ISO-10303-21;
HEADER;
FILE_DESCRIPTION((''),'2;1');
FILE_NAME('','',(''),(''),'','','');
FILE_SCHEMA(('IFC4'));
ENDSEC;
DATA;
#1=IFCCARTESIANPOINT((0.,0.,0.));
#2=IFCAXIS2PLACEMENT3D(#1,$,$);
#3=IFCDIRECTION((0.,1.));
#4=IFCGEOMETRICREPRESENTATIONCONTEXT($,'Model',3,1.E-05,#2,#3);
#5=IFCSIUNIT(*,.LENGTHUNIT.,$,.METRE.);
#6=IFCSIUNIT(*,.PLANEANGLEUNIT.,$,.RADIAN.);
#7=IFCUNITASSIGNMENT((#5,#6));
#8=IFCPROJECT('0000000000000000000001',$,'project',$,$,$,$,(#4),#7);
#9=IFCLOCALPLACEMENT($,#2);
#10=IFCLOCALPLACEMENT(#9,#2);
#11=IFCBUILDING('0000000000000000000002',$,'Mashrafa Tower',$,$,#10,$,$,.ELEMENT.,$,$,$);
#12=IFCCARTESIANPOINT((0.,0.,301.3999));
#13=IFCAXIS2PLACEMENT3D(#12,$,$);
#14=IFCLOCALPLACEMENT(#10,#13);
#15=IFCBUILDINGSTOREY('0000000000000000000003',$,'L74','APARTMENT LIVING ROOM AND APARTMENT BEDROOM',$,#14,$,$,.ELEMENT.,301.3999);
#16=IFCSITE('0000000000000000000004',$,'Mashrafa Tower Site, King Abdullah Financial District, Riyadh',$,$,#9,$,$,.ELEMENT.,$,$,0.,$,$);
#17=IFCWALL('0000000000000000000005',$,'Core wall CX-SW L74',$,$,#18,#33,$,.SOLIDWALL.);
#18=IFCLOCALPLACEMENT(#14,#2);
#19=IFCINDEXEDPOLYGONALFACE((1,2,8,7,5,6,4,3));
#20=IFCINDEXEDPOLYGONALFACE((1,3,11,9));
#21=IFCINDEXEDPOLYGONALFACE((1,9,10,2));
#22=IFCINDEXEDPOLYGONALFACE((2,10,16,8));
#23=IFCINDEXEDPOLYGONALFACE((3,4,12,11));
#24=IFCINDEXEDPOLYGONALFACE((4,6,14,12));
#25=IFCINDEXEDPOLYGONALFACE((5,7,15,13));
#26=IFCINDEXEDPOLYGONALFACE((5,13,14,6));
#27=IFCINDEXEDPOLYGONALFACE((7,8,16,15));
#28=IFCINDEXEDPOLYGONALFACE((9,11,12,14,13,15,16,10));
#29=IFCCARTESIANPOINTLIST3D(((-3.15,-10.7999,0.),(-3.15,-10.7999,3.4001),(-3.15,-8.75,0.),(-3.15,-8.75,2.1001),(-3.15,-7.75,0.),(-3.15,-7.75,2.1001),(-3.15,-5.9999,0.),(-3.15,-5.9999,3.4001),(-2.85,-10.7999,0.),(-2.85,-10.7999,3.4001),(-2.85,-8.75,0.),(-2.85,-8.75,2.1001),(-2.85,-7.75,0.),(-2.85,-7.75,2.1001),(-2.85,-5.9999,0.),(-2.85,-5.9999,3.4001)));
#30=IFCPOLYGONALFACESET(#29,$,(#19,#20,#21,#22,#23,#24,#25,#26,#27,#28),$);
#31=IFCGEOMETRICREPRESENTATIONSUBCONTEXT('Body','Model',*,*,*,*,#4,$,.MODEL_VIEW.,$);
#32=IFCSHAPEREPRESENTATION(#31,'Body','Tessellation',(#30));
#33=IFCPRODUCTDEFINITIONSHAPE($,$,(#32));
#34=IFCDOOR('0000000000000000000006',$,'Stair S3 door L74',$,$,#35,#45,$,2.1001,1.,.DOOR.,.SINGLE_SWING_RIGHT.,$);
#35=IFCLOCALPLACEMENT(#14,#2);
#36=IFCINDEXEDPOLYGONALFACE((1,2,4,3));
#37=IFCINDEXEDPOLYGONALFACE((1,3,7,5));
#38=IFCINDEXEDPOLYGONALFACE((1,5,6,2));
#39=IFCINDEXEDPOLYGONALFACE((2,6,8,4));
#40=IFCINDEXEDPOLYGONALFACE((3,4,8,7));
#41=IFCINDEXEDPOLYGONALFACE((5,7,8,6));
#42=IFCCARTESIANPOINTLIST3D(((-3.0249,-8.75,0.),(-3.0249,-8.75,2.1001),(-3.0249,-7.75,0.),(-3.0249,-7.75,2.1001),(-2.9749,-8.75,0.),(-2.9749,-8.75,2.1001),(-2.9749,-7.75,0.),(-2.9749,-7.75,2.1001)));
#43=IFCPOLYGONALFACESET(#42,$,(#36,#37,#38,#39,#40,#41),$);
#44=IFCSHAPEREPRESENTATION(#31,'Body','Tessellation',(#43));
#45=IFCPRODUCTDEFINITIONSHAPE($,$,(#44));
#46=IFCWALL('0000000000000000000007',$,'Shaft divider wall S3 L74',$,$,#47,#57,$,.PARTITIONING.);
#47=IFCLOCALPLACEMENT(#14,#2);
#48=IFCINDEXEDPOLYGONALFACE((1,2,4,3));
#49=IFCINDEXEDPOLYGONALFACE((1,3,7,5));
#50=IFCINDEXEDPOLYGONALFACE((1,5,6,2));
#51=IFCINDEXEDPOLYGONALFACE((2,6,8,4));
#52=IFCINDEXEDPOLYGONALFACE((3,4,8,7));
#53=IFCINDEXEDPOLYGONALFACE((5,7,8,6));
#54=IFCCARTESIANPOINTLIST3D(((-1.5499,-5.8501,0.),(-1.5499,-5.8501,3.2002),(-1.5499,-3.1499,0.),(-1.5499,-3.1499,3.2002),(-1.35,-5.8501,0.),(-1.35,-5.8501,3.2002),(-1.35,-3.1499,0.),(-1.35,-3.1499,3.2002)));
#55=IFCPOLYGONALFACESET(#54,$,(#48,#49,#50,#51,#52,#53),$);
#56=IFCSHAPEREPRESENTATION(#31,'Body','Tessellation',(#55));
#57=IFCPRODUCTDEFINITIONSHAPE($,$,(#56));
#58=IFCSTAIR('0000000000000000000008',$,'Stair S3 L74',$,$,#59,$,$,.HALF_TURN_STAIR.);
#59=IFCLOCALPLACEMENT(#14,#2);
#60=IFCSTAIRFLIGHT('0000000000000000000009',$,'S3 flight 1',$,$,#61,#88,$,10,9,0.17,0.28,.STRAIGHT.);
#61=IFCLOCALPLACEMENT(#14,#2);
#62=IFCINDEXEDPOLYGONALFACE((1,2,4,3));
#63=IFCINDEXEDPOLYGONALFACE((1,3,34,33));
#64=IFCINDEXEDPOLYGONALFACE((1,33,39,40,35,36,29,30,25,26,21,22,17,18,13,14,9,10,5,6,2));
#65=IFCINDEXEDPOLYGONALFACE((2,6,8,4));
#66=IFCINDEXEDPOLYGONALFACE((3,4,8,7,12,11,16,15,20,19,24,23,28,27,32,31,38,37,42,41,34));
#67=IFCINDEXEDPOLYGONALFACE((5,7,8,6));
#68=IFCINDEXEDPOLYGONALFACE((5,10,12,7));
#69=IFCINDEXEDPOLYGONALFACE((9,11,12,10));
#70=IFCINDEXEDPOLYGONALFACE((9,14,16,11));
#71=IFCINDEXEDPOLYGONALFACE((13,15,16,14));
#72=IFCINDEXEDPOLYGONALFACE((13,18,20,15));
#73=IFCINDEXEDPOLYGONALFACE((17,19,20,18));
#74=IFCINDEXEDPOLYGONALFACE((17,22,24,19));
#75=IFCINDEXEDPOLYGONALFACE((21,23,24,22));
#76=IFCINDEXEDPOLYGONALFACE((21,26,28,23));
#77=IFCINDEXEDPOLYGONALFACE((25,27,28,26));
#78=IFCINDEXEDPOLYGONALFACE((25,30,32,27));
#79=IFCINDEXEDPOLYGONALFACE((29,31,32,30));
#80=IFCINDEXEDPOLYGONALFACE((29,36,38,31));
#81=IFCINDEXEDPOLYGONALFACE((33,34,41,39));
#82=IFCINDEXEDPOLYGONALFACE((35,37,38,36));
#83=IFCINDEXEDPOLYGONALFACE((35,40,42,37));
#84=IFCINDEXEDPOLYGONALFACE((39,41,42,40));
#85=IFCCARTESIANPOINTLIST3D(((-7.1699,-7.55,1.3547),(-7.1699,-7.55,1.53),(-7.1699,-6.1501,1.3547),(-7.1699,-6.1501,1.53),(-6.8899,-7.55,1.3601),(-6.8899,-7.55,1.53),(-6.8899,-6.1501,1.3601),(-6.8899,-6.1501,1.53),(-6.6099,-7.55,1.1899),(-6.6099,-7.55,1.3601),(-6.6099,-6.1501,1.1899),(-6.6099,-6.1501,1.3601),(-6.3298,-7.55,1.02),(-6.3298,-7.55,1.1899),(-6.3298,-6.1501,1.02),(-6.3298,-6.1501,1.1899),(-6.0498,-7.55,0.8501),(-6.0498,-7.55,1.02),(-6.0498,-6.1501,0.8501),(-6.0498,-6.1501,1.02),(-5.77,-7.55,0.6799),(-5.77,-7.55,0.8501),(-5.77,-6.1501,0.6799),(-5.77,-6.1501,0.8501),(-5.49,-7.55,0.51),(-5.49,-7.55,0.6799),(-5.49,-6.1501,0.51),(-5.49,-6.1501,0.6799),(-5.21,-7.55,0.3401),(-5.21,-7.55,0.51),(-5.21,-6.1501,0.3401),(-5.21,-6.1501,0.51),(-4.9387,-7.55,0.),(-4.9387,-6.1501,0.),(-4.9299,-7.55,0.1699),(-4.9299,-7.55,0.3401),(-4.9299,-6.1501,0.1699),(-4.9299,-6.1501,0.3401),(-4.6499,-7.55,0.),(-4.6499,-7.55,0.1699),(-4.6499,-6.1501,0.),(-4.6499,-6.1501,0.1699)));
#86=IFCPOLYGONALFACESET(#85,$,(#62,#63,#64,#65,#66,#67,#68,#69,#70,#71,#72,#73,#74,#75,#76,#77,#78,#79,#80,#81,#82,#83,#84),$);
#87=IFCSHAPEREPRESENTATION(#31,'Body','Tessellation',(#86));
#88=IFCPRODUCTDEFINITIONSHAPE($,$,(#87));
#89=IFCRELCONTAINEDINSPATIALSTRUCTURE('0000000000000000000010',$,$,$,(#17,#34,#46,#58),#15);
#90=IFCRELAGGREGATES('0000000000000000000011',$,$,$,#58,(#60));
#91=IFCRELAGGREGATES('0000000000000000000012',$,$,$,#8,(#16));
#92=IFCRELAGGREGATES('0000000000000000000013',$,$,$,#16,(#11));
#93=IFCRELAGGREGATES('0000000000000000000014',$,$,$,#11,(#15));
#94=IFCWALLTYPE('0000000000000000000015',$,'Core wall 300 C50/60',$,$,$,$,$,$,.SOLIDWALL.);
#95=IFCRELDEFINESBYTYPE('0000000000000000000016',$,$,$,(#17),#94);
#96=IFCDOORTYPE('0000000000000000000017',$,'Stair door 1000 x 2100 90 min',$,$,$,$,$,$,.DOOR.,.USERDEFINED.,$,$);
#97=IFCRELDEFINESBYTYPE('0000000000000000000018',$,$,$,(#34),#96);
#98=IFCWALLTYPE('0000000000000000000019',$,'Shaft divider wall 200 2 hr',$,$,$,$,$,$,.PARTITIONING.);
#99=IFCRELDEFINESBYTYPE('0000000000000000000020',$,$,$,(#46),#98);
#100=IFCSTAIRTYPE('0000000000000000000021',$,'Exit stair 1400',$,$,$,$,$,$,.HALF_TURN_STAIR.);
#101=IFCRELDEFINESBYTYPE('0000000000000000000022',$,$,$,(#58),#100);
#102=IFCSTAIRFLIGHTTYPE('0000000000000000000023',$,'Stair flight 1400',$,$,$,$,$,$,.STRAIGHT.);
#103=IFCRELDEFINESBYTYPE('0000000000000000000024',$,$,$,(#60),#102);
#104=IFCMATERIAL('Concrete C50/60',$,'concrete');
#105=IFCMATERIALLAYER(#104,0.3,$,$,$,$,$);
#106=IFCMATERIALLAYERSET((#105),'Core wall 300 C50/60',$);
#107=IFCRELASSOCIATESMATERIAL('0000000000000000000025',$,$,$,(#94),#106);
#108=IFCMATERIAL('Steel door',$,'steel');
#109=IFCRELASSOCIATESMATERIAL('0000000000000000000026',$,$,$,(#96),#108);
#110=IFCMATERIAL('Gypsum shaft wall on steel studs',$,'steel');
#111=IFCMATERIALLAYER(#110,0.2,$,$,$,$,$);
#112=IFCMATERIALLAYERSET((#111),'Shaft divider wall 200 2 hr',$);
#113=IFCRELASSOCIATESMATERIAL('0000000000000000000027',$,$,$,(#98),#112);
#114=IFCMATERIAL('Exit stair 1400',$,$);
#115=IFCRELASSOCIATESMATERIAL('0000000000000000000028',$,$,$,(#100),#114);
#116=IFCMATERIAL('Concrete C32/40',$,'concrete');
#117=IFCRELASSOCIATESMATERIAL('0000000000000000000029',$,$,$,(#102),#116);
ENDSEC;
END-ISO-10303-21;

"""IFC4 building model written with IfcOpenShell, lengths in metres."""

from ifc_helpers import new_model, si_unit, direction, frame, frame_2d, origin, place, context, subcontext, project, spatial, polyline, rectangle, outline, extrude, material, layer, layer_set, type_object, element, fill, aggregate, save


model = new_model("IFC4")

# Units and contexts
model_context = context("Model", 3, precision=1e-05, world=origin(), true_north=direction((0.0, 1.0)))
body_context = subcontext(model_context, "Body", "Model", "MODEL_VIEW")
ifc_project = project(units=[si_unit("LENGTHUNIT", "METRE"), si_unit("PLANEANGLEUNIT", "RADIAN")], contexts=[model_context])

# Site, building, storey
site_placement = place(None, origin())
site = spatial("IfcSite", under=ifc_project, at=site_placement, Name="Mashrafa Tower Site, King Abdullah Financial District, Riyadh", CompositionType="ELEMENT", RefElevation=0.0)
building_placement = place(site_placement, origin())
building = spatial("IfcBuilding", under=site, at=building_placement, Name="Mashrafa Tower", CompositionType="ELEMENT")
storey_placement = place(building_placement, frame((0.0, 0.0, 301.3999)))
storey = spatial("IfcBuildingStorey", under=building, at=storey_placement, Name="L74", Description="APARTMENT LIVING ROOM AND APARTMENT BEDROOM", CompositionType="ELEMENT", Elevation=301.3999)

# Shared definitions
ifc_material_1 = material(Name="Concrete C50/60", Category="concrete")
ifc_layer_1 = layer(ifc_material_1, 0.3)
ifc_layer_set_1 = layer_set([ifc_layer_1], Name="Core wall 300 C50/60")
wall_type_1 = type_object("IfcWallType", Name="Core wall 300 C50/60", PredefinedType="SOLIDWALL", material=ifc_layer_set_1)

# Wall, opening, door
wall_1_placement = place(storey_placement, frame((-3.0, -6.0, 0.0), z_axis=(0.0, 0.0, 1.0), x_axis=(0.0, -1.0, 0.0)))
wall_1 = element("IfcWall", 1, at=wall_1_placement, inside=storey, type_object=wall_type_1, Name="Core wall CX-SW L74", PredefinedType="SOLIDWALL", context=body_context, shape_type="SweptSolid", body=[
    extrude(rectangle(XDim=4.8, YDim=0.3, at=frame_2d((2.3999, 0.0))), origin(), (0.0, 0.0, 1.0), 3.4001),
])
opening_1_placement = place(wall_1_placement, frame((1.75, 0.0, 0.0)))
opening_1 = element("IfcOpeningElement", 2, at=opening_1_placement, cuts=wall_1, PredefinedType="OPENING", context=body_context, shape_type="SweptSolid", body=[
    extrude(rectangle(XDim=1.0, YDim=2.1001, at=frame_2d((0.5, 1.05))), frame((0.0, 0.1599, 0.0), z_axis=(0.0, -1.0, 0.0), x_axis=(1.0, 0.0, 0.0)), (0.0, 0.0, 1.0), 0.3201),
])
ifc_material_2 = material(Name="Steel door", Category="steel")
door_type_1 = type_object("IfcDoorType", Name="Stair door 1000 x 2100 90 min", OperationType="USERDEFINED", PredefinedType="DOOR", material=ifc_material_2)
door_1_placement = place(opening_1_placement, frame((1.0, 0.0, 0.0), z_axis=(0.0, 0.0, 1.0), x_axis=(-1.0, 0.0, 0.0)))
door_1 = element("IfcDoor", 3, at=door_1_placement, inside=storey, type_object=door_type_1, Name="Stair S3 door L74", OperationType="SINGLE_SWING_RIGHT", OverallHeight=2.1001, OverallWidth=1.0, PredefinedType="DOOR", context=body_context, shape_type="SweptSolid", body=[
    extrude(rectangle(XDim=1.0, YDim=2.1001, at=frame_2d((0.5, 1.05))), frame((0.0, 0.0249, 0.0), z_axis=(0.0, -1.0, 0.0), x_axis=(1.0, 0.0, 0.0)), (0.0, 0.0, 1.0), 0.05),
])
fill(opening_1, door_1)

# Wall
ifc_material_3 = material(Name="Gypsum shaft wall on steel studs", Category="steel")
ifc_layer_2 = layer(ifc_material_3, 0.2)
ifc_layer_set_2 = layer_set([ifc_layer_2], Name="Shaft divider wall 200 2 hr")
wall_type_2 = type_object("IfcWallType", Name="Shaft divider wall 200 2 hr", PredefinedType="PARTITIONING", material=ifc_layer_set_2)
wall_2_placement = place(storey_placement, frame((-1.45, -5.8501, 0.0), z_axis=(0.0, 0.0, 1.0), x_axis=(0.0, 1.0, 0.0)))
element("IfcWall", 4, at=wall_2_placement, inside=storey, type_object=wall_type_2, Name="Shaft divider wall S3 L74", PredefinedType="PARTITIONING", context=body_context, shape_type="SweptSolid", body=[
    extrude(rectangle(XDim=2.7002, YDim=0.2, at=frame_2d((1.3501, 0.0))), origin(), (0.0, 0.0, 1.0), 3.2002),
])

# Stair, stair flight
ifc_material_4 = material(Name="Exit stair 1400")
stair_type = type_object("IfcStairType", Name="Exit stair 1400", PredefinedType="HALF_TURN_STAIR", material=ifc_material_4)
stair_placement = place(storey_placement, origin())
stair = element("IfcStair", 5, at=stair_placement, inside=storey, type_object=stair_type, Name="Stair S3 L74", PredefinedType="HALF_TURN_STAIR")
ifc_material_5 = material(Name="Concrete C32/40", Category="concrete")
stair_flight_type = type_object("IfcStairFlightType", Name="Stair flight 1400", PredefinedType="STRAIGHT", material=ifc_material_5)
stair_flight_placement = place(storey_placement, frame((-4.6499, -6.8501, 0.0), z_axis=(0.0, 0.0, 1.0), x_axis=(-1.0, 0.0, 0.0)))
stair_flight = element("IfcStairFlight", 6, at=stair_flight_placement, type_object=stair_flight_type, Name="S3 flight 1", NumberOfRisers=10, NumberOfTreads=9, PredefinedType="STRAIGHT", RiserHeight=0.17, TreadLength=0.28, context=body_context, shape_type="SweptSolid", body=[
    extrude(outline(polyline([(0.0, 0.0), (0.0, 0.1699), (0.28, 0.1699), (0.28, 0.3401), (0.5601, 0.3401), (0.5601, 0.51), (0.8401, 0.51), (0.8401, 0.6799), (1.1201, 0.6799), (1.1201, 0.8501), (1.3999, 0.8501), (1.3999, 1.02), (1.6799, 1.02), (1.6799, 1.1899), (1.96, 1.1899), (1.96, 1.3601), (2.24, 1.3601), (2.24, 1.53), (2.52, 1.53), (2.52, 1.7), (2.52, 1.3547), (0.2888, 0.0), (0.0, 0.0)])), frame((0.0, 0.7, 0.0), z_axis=(0.0, -1.0, 0.0), x_axis=(1.0, 0.0, 0.0)), (0.0, 0.0, 1.0), 1.3999),
])
aggregate(stair, [stair_flight])

save(model, "model.ifc")
